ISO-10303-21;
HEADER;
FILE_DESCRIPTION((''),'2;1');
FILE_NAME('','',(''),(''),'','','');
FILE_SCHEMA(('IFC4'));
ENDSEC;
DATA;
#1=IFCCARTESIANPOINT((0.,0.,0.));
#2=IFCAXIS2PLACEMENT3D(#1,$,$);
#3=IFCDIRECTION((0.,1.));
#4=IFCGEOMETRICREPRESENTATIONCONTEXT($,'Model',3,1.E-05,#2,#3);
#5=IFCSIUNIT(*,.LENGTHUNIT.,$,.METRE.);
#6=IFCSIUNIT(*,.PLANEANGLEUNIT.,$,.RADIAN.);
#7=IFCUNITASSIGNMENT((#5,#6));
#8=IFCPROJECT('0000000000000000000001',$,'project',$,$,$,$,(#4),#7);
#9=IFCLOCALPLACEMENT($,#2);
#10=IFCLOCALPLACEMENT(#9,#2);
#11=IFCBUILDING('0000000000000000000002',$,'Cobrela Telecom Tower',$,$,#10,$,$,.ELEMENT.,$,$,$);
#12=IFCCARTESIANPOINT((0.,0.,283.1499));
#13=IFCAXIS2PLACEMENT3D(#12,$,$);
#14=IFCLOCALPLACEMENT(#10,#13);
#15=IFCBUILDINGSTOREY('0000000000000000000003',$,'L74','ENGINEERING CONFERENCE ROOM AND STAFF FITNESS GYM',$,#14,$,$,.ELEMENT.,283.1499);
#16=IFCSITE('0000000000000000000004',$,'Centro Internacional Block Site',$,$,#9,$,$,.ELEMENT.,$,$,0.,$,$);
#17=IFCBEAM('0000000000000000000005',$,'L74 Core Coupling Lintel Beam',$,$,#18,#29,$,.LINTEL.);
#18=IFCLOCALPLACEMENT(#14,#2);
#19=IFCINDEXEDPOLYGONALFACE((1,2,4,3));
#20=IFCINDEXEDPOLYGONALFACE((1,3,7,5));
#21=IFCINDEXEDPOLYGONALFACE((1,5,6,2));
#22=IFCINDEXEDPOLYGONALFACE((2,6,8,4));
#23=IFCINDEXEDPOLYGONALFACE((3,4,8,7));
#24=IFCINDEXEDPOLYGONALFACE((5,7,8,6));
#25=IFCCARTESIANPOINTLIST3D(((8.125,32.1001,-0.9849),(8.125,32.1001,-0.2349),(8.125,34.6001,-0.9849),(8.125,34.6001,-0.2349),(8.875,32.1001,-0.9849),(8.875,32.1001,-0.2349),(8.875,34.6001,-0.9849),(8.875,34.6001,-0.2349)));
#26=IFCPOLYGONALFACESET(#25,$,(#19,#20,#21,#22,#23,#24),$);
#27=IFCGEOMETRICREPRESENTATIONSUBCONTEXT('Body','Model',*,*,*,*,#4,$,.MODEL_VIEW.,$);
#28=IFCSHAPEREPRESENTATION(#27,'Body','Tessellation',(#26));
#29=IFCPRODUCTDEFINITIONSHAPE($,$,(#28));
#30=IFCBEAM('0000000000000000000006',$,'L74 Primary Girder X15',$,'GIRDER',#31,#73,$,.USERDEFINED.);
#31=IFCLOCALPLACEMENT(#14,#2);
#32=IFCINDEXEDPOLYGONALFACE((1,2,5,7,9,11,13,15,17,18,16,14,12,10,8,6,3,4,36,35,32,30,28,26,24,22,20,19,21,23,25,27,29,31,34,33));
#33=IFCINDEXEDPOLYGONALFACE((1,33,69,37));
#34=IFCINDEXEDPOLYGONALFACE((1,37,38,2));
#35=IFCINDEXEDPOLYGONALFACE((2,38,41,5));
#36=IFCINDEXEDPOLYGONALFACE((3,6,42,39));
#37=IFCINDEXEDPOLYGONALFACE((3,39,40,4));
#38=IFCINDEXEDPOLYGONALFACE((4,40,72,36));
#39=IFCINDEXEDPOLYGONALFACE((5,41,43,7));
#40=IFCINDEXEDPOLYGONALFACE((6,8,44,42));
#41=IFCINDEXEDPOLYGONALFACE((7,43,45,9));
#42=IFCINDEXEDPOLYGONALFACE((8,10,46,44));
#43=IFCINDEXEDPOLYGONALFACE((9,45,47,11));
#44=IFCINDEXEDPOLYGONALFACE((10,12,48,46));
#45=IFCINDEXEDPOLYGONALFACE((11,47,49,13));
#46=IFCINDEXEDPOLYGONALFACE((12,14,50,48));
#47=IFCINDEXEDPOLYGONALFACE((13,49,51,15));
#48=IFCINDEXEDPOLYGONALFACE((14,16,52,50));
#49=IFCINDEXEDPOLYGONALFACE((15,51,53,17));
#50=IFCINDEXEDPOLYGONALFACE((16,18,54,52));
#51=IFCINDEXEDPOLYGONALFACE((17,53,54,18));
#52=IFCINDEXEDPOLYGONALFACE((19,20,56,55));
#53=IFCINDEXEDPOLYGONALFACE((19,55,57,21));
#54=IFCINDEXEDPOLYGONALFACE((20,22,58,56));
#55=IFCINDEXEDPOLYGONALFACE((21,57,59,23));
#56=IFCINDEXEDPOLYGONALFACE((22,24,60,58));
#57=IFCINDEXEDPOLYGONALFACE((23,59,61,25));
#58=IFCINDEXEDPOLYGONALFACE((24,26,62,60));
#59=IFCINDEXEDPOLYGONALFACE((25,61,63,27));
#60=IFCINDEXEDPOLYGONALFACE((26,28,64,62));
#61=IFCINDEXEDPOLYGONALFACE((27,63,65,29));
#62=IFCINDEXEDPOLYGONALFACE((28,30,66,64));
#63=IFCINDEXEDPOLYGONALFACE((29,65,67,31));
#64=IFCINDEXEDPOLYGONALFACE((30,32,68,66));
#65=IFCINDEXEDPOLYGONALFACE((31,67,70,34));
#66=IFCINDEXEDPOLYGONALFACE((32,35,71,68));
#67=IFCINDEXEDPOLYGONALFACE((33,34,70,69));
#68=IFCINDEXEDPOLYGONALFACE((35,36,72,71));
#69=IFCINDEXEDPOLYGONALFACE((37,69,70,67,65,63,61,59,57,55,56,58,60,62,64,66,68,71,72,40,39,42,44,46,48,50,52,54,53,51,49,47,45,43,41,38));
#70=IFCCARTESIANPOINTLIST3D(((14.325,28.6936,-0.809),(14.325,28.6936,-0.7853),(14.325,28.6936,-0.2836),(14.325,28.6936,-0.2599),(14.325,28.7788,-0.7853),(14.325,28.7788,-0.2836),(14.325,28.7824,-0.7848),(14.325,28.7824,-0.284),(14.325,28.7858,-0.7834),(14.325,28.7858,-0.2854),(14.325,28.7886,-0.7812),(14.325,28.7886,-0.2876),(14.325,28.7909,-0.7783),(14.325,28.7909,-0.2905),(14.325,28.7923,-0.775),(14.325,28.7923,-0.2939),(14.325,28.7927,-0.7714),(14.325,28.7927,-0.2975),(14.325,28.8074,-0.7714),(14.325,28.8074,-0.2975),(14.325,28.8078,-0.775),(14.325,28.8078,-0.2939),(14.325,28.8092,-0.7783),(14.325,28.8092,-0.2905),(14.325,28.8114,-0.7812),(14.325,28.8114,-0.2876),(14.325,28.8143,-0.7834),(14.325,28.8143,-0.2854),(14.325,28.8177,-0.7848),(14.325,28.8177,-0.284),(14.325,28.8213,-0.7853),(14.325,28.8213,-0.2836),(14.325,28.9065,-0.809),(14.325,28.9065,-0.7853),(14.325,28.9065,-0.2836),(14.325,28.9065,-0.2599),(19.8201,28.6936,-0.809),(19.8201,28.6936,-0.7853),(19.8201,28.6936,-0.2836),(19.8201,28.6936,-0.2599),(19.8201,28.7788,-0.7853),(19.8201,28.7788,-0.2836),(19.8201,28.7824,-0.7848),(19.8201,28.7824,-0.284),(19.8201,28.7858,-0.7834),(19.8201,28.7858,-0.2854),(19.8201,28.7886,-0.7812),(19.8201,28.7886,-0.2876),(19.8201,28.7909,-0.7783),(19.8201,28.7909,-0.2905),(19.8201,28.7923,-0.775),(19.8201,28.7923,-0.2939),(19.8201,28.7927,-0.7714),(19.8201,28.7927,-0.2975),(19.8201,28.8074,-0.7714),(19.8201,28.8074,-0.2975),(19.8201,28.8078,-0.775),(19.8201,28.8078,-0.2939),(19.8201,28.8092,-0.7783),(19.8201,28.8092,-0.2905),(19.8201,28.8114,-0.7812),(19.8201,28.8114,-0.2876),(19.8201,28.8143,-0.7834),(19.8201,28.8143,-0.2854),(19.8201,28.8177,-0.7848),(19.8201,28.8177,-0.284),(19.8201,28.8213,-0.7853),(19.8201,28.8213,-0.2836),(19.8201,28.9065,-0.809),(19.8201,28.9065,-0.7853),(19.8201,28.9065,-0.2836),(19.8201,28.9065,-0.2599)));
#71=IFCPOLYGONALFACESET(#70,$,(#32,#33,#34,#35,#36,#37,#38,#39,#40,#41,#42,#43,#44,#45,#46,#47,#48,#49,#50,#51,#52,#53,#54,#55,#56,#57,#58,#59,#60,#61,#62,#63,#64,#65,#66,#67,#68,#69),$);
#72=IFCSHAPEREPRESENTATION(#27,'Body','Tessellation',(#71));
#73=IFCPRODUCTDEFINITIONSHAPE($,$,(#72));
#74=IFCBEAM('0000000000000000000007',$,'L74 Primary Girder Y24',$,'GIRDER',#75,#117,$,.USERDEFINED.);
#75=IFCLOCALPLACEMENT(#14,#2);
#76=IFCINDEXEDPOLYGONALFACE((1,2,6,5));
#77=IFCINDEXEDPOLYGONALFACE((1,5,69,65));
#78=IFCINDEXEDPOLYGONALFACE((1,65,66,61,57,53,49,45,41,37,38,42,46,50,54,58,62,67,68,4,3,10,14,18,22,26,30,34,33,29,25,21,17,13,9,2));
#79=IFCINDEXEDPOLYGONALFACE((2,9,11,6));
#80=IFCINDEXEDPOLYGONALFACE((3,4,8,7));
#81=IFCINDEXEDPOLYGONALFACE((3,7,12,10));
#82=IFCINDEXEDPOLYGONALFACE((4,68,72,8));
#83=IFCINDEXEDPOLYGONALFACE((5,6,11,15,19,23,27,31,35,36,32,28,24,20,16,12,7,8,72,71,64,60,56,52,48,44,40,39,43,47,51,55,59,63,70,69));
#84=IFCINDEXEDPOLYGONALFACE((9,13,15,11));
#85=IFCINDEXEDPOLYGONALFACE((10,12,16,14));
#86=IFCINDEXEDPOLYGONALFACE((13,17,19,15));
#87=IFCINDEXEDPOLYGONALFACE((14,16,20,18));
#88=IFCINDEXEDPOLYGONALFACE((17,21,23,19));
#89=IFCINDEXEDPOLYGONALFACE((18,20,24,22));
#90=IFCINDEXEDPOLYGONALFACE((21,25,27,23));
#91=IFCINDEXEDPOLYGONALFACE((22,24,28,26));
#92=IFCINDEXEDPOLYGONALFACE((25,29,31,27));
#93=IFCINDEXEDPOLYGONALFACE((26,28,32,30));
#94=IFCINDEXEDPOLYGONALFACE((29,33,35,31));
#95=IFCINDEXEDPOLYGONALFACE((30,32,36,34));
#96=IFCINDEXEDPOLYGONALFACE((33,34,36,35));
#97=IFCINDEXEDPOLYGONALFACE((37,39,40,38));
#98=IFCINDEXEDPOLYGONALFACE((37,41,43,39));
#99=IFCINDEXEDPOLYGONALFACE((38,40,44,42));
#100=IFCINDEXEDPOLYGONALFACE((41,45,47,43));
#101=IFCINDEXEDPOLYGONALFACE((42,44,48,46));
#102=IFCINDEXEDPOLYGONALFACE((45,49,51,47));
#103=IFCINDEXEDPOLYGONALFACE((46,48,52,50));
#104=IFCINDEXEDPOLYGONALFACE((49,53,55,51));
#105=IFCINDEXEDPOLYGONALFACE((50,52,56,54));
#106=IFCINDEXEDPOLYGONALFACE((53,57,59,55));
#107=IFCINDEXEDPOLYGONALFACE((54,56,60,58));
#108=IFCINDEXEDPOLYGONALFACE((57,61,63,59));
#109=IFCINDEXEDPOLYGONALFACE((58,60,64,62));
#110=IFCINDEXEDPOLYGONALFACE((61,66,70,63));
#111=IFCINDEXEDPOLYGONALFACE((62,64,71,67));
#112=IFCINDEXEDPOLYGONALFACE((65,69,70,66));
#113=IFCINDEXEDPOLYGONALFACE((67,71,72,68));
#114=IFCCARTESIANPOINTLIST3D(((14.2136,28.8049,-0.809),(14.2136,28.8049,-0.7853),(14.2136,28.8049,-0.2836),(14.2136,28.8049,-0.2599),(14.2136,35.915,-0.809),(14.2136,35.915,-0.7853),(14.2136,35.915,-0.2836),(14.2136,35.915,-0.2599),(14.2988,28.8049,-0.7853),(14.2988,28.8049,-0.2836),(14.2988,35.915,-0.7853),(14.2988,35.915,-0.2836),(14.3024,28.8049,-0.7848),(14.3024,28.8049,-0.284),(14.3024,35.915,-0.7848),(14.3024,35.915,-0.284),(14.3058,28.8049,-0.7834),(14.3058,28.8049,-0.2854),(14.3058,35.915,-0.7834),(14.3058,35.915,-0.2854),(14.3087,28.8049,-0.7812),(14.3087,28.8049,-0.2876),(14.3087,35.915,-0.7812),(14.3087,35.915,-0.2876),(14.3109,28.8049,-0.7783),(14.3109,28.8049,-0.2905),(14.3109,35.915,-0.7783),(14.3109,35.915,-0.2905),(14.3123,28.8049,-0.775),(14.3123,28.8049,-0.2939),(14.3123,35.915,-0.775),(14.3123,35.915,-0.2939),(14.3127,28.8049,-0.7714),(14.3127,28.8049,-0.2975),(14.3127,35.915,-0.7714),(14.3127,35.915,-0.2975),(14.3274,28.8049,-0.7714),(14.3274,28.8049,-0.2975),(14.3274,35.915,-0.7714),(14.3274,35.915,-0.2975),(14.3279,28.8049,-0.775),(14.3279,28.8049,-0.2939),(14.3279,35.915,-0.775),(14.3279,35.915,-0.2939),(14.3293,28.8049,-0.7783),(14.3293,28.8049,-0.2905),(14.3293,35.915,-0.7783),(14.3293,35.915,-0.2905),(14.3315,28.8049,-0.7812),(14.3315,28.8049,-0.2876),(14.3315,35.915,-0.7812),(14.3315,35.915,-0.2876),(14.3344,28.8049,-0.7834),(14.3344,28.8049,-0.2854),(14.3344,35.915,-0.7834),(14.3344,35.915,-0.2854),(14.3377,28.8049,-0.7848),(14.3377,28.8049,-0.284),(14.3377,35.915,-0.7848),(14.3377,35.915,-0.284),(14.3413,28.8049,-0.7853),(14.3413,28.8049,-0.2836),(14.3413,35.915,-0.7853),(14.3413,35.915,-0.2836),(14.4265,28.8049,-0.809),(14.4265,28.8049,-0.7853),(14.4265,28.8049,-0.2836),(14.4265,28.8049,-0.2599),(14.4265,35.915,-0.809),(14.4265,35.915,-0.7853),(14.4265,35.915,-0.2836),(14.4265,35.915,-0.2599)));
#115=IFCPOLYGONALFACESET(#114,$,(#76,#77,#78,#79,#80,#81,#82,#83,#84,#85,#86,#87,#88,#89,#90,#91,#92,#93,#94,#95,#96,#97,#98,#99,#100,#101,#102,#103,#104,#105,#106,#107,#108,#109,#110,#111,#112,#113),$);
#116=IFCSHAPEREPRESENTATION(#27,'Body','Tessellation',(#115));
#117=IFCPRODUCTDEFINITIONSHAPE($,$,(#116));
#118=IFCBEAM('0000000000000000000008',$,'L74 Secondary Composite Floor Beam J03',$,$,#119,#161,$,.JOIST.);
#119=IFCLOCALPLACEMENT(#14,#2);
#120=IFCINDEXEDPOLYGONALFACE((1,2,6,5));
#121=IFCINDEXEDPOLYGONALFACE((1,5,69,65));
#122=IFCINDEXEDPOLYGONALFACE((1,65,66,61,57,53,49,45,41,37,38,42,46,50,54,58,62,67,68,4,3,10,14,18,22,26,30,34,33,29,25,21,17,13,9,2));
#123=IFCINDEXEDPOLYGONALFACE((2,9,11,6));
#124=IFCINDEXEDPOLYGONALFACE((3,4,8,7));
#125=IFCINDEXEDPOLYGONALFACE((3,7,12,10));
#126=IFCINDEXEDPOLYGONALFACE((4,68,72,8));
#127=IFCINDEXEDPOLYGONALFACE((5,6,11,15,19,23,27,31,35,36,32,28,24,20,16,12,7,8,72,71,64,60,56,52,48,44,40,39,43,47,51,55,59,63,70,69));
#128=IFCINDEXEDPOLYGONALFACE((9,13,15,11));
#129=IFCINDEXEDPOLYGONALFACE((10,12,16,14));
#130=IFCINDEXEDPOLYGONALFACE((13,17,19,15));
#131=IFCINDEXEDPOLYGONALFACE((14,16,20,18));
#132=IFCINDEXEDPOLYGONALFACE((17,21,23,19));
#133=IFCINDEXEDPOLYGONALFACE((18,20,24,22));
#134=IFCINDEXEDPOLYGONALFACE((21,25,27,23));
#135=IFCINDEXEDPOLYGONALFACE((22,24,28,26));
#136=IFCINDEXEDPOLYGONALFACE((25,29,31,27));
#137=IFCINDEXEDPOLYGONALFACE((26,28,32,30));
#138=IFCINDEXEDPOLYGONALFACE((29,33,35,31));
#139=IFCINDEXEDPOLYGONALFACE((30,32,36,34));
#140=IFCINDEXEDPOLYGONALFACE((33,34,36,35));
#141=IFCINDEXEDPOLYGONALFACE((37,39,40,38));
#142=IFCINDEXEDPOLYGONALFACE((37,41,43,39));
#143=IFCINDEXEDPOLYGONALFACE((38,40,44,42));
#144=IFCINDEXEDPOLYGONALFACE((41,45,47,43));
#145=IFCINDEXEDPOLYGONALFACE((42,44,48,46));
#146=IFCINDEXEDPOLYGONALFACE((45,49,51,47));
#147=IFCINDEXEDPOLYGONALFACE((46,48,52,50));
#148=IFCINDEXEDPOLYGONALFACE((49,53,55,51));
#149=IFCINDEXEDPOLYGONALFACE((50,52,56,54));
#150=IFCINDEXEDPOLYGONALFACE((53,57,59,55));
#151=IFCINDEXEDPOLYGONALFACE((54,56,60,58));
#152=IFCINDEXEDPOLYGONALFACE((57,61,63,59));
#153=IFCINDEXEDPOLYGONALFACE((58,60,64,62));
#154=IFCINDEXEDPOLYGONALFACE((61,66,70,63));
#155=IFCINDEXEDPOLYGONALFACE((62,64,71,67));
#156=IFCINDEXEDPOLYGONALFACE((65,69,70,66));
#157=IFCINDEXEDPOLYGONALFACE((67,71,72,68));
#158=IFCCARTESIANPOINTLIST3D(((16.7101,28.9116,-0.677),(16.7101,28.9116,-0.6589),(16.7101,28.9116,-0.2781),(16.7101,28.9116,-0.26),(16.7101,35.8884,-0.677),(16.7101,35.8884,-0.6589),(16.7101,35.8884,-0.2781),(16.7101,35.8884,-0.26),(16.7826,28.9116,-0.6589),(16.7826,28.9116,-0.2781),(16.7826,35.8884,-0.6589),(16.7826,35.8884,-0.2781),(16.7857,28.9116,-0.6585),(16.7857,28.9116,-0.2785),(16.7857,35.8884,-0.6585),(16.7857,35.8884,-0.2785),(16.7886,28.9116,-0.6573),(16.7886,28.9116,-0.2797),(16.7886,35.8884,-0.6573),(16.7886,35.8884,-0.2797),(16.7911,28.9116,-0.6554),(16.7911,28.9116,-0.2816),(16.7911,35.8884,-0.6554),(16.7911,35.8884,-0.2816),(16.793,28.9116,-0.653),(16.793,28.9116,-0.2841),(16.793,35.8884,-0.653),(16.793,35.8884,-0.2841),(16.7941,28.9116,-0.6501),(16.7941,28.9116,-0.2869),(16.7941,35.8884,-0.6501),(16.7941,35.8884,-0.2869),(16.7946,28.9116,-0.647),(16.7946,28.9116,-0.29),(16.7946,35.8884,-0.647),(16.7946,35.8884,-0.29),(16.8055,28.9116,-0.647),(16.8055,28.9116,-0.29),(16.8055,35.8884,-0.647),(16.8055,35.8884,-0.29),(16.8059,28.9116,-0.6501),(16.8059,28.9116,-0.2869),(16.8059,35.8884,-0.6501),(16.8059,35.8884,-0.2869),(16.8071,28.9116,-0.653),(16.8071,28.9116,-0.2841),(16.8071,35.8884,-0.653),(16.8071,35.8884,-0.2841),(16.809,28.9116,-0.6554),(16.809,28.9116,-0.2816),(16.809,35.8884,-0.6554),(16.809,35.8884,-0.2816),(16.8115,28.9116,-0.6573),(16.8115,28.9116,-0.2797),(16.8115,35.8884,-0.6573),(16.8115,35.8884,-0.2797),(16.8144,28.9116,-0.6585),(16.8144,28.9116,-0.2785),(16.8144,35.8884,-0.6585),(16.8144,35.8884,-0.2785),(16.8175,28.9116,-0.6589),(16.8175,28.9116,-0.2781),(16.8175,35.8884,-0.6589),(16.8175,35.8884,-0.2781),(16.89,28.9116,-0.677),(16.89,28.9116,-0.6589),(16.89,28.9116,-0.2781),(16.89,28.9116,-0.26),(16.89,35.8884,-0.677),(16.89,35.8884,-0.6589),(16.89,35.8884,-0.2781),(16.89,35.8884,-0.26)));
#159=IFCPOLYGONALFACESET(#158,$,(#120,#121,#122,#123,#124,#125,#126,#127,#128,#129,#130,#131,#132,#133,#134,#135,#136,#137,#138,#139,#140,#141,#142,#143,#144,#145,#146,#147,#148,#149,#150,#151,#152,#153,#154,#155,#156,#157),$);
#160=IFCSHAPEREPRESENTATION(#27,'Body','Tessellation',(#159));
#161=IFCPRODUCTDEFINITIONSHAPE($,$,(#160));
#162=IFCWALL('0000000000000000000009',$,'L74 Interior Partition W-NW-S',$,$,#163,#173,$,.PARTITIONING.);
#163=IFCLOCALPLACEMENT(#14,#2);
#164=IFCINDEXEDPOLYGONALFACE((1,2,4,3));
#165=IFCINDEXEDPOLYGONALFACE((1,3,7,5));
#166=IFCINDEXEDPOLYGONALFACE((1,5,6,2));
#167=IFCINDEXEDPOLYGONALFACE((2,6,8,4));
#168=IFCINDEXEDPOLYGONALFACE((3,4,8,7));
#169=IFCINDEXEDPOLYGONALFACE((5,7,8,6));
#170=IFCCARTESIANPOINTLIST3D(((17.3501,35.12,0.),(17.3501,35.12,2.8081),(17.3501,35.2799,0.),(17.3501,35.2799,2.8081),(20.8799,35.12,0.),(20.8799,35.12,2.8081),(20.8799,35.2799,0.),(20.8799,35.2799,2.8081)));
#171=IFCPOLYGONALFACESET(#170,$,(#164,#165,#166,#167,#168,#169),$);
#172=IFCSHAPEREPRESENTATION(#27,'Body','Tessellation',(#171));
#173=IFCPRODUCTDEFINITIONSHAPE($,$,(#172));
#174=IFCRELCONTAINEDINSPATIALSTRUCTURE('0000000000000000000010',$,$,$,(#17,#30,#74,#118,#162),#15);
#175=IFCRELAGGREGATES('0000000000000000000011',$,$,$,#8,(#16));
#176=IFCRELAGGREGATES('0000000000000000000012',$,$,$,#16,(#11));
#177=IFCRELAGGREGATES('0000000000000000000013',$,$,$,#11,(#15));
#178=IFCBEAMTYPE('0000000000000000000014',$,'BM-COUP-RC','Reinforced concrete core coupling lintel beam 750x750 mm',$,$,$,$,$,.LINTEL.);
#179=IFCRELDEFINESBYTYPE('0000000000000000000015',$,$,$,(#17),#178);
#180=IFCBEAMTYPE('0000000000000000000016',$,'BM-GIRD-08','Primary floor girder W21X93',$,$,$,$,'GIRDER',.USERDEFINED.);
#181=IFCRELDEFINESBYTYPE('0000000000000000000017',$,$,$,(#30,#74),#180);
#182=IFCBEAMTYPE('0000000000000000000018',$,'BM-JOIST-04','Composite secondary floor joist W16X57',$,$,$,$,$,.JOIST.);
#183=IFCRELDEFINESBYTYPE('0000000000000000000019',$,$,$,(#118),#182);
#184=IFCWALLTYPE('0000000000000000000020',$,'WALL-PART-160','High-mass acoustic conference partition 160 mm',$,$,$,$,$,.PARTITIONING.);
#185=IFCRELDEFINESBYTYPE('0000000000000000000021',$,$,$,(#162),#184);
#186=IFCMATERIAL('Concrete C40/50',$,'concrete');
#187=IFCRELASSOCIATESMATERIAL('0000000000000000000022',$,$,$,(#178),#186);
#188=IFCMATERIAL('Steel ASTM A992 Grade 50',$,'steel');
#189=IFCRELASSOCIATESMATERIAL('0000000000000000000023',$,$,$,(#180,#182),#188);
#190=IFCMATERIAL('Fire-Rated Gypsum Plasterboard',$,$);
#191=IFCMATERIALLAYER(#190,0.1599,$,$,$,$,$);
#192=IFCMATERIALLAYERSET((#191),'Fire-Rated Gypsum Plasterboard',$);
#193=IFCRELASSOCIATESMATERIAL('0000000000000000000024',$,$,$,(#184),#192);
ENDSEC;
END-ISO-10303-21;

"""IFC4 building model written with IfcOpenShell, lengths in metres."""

from ifc_helpers import new_model, si_unit, direction, frame, frame_2d, origin, origin_2d, place, context, subcontext, project, spatial, rectangle, i_section, extrude, material, layer, layer_set, material_profile, profile_set, type_object, element, save


model = new_model("IFC4")

# Units and contexts
model_context = context("Model", 3, precision=1e-05, world=origin(), true_north=direction((0.0, 1.0)))
body_context = subcontext(model_context, "Body", "Model", "MODEL_VIEW")
ifc_project = project(units=[si_unit("LENGTHUNIT", "METRE"), si_unit("PLANEANGLEUNIT", "RADIAN")], contexts=[model_context])

# Site, building, storey
site_placement = place(None, origin())
site = spatial("IfcSite", under=ifc_project, at=site_placement, Name="Centro Internacional Block Site", CompositionType="ELEMENT", RefElevation=0.0)
building_placement = place(site_placement, origin())
building = spatial("IfcBuilding", under=site, at=building_placement, Name="Cobrela Telecom Tower", CompositionType="ELEMENT")
storey_placement = place(building_placement, frame((0.0, 0.0, 283.1499)))
storey = spatial("IfcBuildingStorey", under=building, at=storey_placement, Name="L74", Description="ENGINEERING CONFERENCE ROOM AND STAFF FITNESS GYM", CompositionType="ELEMENT", Elevation=283.1499)

# Beams
ifc_material_1 = material(Name="Concrete C40/50", Category="concrete")
ifc_material_profile_1 = material_profile(ifc_material_1, rectangle(XDim=0.75, YDim=0.75, at=origin_2d()), Name="RC 750x750")
ifc_profile_set_1 = profile_set([ifc_material_profile_1], Name="Concrete C40/50")
beam_type_1 = type_object("IfcBeamType", Name="BM-COUP-RC", Description="Reinforced concrete core coupling lintel beam 750x750 mm", PredefinedType="LINTEL", material=ifc_profile_set_1)
beam_1_placement = place(storey_placement, frame((8.5, 32.1001, -0.6099), z_axis=(0.0, 1.0, 0.0), x_axis=(-1.0, 0.0, 0.0)))
element("IfcBeam", 1, at=beam_1_placement, inside=storey, type_object=beam_type_1, Name="L74 Core Coupling Lintel Beam", PredefinedType="LINTEL", context=body_context, shape_type="SweptSolid", body=[
    extrude(rectangle(XDim=0.75, YDim=0.75, at=origin_2d()), origin(), (0.0, 0.0, 1.0), 2.5),
])
ifc_material_2 = material(Name="Steel ASTM A992 Grade 50", Category="steel")
ifc_material_profile_2 = material_profile(ifc_material_2, i_section(OverallWidth=0.2129, OverallDepth=0.5491, WebThickness=0.0146, FlangeThickness=0.0237, FilletRadius=0.0139, at=origin_2d()), Name="W21X93")
ifc_profile_set_2 = profile_set([ifc_material_profile_2], Name="Steel ASTM A992 Grade 50")
beam_type_2 = type_object("IfcBeamType", Name="BM-GIRD-08", Description="Primary floor girder W21X93", ElementType="GIRDER", PredefinedType="USERDEFINED", material=ifc_profile_set_2)
beam_2_placement = place(storey_placement, frame((14.325, 28.8, -0.5344), z_axis=(1.0, 0.0, 0.0), x_axis=(0.0, 1.0, 0.0)))
element("IfcBeam", 2, at=beam_2_placement, inside=storey, type_object=beam_type_2, Name="L74 Primary Girder X15", ObjectType="GIRDER", PredefinedType="USERDEFINED", context=body_context, shape_type="SweptSolid", body=[
    extrude(i_section(OverallWidth=0.2129, OverallDepth=0.5491, WebThickness=0.0146, FlangeThickness=0.0237, FilletRadius=0.0139, at=origin_2d()), origin(), (0.0, 0.0, 1.0), 5.4951),
])
beam_3_placement = place(storey_placement, frame((14.3201, 28.8049, -0.5344), z_axis=(0.0, 1.0, 0.0), x_axis=(-1.0, 0.0, 0.0)))
element("IfcBeam", 3, at=beam_3_placement, inside=storey, type_object=beam_type_2, Name="L74 Primary Girder Y24", ObjectType="GIRDER", PredefinedType="USERDEFINED", context=body_context, shape_type="SweptSolid", body=[
    extrude(i_section(OverallWidth=0.2129, OverallDepth=0.5491, WebThickness=0.0146, FlangeThickness=0.0237, FilletRadius=0.0139, at=origin_2d()), origin(), (0.0, 0.0, 1.0), 7.1101),
])
ifc_material_profile_3 = material_profile(ifc_material_2, i_section(OverallWidth=0.1799, OverallDepth=0.417, WebThickness=0.011, FlangeThickness=0.0181, FilletRadius=0.012, at=origin_2d()), Name="W16X57")
ifc_profile_set_3 = profile_set([ifc_material_profile_3], Name="Steel ASTM A992 Grade 50")
beam_type_3 = type_object("IfcBeamType", Name="BM-JOIST-04", Description="Composite secondary floor joist W16X57", PredefinedType="JOIST", material=ifc_profile_set_3)
beam_4_placement = place(storey_placement, frame((16.8, 28.9116, -0.4685), z_axis=(0.0, 1.0, 0.0), x_axis=(-1.0, 0.0, 0.0)))
element("IfcBeam", 4, at=beam_4_placement, inside=storey, type_object=beam_type_3, Name="L74 Secondary Composite Floor Beam J03", PredefinedType="JOIST", context=body_context, shape_type="SweptSolid", body=[
    extrude(i_section(OverallWidth=0.1799, OverallDepth=0.417, WebThickness=0.011, FlangeThickness=0.0181, FilletRadius=0.012, at=origin_2d()), origin(), (0.0, 0.0, 1.0), 6.9768),
])

# Shared definitions
ifc_material_3 = material(Name="Fire-Rated Gypsum Plasterboard")

# Wall
ifc_layer_1 = layer(ifc_material_3, 0.1599)
ifc_layer_set_1 = layer_set([ifc_layer_1], Name="Fire-Rated Gypsum Plasterboard")
wall_type_1 = type_object("IfcWallType", Name="WALL-PART-160", Description="High-mass acoustic conference partition 160 mm", PredefinedType="PARTITIONING", material=ifc_layer_set_1)
wall_1_placement = place(storey_placement, frame((17.3501, 35.2, 0.0), z_axis=(0.0, 0.0, 1.0), x_axis=(1.0, 0.0, 0.0)))
element("IfcWall", 5, at=wall_1_placement, inside=storey, type_object=wall_type_1, Name="L74 Interior Partition W-NW-S", PredefinedType="PARTITIONING", context=body_context, shape_type="SweptSolid", body=[
    extrude(rectangle(XDim=3.5298, YDim=0.1599, at=frame_2d((1.7649, 0.0))), origin(), (0.0, 0.0, 1.0), 2.8081),
])

save(model, "model.ifc")
